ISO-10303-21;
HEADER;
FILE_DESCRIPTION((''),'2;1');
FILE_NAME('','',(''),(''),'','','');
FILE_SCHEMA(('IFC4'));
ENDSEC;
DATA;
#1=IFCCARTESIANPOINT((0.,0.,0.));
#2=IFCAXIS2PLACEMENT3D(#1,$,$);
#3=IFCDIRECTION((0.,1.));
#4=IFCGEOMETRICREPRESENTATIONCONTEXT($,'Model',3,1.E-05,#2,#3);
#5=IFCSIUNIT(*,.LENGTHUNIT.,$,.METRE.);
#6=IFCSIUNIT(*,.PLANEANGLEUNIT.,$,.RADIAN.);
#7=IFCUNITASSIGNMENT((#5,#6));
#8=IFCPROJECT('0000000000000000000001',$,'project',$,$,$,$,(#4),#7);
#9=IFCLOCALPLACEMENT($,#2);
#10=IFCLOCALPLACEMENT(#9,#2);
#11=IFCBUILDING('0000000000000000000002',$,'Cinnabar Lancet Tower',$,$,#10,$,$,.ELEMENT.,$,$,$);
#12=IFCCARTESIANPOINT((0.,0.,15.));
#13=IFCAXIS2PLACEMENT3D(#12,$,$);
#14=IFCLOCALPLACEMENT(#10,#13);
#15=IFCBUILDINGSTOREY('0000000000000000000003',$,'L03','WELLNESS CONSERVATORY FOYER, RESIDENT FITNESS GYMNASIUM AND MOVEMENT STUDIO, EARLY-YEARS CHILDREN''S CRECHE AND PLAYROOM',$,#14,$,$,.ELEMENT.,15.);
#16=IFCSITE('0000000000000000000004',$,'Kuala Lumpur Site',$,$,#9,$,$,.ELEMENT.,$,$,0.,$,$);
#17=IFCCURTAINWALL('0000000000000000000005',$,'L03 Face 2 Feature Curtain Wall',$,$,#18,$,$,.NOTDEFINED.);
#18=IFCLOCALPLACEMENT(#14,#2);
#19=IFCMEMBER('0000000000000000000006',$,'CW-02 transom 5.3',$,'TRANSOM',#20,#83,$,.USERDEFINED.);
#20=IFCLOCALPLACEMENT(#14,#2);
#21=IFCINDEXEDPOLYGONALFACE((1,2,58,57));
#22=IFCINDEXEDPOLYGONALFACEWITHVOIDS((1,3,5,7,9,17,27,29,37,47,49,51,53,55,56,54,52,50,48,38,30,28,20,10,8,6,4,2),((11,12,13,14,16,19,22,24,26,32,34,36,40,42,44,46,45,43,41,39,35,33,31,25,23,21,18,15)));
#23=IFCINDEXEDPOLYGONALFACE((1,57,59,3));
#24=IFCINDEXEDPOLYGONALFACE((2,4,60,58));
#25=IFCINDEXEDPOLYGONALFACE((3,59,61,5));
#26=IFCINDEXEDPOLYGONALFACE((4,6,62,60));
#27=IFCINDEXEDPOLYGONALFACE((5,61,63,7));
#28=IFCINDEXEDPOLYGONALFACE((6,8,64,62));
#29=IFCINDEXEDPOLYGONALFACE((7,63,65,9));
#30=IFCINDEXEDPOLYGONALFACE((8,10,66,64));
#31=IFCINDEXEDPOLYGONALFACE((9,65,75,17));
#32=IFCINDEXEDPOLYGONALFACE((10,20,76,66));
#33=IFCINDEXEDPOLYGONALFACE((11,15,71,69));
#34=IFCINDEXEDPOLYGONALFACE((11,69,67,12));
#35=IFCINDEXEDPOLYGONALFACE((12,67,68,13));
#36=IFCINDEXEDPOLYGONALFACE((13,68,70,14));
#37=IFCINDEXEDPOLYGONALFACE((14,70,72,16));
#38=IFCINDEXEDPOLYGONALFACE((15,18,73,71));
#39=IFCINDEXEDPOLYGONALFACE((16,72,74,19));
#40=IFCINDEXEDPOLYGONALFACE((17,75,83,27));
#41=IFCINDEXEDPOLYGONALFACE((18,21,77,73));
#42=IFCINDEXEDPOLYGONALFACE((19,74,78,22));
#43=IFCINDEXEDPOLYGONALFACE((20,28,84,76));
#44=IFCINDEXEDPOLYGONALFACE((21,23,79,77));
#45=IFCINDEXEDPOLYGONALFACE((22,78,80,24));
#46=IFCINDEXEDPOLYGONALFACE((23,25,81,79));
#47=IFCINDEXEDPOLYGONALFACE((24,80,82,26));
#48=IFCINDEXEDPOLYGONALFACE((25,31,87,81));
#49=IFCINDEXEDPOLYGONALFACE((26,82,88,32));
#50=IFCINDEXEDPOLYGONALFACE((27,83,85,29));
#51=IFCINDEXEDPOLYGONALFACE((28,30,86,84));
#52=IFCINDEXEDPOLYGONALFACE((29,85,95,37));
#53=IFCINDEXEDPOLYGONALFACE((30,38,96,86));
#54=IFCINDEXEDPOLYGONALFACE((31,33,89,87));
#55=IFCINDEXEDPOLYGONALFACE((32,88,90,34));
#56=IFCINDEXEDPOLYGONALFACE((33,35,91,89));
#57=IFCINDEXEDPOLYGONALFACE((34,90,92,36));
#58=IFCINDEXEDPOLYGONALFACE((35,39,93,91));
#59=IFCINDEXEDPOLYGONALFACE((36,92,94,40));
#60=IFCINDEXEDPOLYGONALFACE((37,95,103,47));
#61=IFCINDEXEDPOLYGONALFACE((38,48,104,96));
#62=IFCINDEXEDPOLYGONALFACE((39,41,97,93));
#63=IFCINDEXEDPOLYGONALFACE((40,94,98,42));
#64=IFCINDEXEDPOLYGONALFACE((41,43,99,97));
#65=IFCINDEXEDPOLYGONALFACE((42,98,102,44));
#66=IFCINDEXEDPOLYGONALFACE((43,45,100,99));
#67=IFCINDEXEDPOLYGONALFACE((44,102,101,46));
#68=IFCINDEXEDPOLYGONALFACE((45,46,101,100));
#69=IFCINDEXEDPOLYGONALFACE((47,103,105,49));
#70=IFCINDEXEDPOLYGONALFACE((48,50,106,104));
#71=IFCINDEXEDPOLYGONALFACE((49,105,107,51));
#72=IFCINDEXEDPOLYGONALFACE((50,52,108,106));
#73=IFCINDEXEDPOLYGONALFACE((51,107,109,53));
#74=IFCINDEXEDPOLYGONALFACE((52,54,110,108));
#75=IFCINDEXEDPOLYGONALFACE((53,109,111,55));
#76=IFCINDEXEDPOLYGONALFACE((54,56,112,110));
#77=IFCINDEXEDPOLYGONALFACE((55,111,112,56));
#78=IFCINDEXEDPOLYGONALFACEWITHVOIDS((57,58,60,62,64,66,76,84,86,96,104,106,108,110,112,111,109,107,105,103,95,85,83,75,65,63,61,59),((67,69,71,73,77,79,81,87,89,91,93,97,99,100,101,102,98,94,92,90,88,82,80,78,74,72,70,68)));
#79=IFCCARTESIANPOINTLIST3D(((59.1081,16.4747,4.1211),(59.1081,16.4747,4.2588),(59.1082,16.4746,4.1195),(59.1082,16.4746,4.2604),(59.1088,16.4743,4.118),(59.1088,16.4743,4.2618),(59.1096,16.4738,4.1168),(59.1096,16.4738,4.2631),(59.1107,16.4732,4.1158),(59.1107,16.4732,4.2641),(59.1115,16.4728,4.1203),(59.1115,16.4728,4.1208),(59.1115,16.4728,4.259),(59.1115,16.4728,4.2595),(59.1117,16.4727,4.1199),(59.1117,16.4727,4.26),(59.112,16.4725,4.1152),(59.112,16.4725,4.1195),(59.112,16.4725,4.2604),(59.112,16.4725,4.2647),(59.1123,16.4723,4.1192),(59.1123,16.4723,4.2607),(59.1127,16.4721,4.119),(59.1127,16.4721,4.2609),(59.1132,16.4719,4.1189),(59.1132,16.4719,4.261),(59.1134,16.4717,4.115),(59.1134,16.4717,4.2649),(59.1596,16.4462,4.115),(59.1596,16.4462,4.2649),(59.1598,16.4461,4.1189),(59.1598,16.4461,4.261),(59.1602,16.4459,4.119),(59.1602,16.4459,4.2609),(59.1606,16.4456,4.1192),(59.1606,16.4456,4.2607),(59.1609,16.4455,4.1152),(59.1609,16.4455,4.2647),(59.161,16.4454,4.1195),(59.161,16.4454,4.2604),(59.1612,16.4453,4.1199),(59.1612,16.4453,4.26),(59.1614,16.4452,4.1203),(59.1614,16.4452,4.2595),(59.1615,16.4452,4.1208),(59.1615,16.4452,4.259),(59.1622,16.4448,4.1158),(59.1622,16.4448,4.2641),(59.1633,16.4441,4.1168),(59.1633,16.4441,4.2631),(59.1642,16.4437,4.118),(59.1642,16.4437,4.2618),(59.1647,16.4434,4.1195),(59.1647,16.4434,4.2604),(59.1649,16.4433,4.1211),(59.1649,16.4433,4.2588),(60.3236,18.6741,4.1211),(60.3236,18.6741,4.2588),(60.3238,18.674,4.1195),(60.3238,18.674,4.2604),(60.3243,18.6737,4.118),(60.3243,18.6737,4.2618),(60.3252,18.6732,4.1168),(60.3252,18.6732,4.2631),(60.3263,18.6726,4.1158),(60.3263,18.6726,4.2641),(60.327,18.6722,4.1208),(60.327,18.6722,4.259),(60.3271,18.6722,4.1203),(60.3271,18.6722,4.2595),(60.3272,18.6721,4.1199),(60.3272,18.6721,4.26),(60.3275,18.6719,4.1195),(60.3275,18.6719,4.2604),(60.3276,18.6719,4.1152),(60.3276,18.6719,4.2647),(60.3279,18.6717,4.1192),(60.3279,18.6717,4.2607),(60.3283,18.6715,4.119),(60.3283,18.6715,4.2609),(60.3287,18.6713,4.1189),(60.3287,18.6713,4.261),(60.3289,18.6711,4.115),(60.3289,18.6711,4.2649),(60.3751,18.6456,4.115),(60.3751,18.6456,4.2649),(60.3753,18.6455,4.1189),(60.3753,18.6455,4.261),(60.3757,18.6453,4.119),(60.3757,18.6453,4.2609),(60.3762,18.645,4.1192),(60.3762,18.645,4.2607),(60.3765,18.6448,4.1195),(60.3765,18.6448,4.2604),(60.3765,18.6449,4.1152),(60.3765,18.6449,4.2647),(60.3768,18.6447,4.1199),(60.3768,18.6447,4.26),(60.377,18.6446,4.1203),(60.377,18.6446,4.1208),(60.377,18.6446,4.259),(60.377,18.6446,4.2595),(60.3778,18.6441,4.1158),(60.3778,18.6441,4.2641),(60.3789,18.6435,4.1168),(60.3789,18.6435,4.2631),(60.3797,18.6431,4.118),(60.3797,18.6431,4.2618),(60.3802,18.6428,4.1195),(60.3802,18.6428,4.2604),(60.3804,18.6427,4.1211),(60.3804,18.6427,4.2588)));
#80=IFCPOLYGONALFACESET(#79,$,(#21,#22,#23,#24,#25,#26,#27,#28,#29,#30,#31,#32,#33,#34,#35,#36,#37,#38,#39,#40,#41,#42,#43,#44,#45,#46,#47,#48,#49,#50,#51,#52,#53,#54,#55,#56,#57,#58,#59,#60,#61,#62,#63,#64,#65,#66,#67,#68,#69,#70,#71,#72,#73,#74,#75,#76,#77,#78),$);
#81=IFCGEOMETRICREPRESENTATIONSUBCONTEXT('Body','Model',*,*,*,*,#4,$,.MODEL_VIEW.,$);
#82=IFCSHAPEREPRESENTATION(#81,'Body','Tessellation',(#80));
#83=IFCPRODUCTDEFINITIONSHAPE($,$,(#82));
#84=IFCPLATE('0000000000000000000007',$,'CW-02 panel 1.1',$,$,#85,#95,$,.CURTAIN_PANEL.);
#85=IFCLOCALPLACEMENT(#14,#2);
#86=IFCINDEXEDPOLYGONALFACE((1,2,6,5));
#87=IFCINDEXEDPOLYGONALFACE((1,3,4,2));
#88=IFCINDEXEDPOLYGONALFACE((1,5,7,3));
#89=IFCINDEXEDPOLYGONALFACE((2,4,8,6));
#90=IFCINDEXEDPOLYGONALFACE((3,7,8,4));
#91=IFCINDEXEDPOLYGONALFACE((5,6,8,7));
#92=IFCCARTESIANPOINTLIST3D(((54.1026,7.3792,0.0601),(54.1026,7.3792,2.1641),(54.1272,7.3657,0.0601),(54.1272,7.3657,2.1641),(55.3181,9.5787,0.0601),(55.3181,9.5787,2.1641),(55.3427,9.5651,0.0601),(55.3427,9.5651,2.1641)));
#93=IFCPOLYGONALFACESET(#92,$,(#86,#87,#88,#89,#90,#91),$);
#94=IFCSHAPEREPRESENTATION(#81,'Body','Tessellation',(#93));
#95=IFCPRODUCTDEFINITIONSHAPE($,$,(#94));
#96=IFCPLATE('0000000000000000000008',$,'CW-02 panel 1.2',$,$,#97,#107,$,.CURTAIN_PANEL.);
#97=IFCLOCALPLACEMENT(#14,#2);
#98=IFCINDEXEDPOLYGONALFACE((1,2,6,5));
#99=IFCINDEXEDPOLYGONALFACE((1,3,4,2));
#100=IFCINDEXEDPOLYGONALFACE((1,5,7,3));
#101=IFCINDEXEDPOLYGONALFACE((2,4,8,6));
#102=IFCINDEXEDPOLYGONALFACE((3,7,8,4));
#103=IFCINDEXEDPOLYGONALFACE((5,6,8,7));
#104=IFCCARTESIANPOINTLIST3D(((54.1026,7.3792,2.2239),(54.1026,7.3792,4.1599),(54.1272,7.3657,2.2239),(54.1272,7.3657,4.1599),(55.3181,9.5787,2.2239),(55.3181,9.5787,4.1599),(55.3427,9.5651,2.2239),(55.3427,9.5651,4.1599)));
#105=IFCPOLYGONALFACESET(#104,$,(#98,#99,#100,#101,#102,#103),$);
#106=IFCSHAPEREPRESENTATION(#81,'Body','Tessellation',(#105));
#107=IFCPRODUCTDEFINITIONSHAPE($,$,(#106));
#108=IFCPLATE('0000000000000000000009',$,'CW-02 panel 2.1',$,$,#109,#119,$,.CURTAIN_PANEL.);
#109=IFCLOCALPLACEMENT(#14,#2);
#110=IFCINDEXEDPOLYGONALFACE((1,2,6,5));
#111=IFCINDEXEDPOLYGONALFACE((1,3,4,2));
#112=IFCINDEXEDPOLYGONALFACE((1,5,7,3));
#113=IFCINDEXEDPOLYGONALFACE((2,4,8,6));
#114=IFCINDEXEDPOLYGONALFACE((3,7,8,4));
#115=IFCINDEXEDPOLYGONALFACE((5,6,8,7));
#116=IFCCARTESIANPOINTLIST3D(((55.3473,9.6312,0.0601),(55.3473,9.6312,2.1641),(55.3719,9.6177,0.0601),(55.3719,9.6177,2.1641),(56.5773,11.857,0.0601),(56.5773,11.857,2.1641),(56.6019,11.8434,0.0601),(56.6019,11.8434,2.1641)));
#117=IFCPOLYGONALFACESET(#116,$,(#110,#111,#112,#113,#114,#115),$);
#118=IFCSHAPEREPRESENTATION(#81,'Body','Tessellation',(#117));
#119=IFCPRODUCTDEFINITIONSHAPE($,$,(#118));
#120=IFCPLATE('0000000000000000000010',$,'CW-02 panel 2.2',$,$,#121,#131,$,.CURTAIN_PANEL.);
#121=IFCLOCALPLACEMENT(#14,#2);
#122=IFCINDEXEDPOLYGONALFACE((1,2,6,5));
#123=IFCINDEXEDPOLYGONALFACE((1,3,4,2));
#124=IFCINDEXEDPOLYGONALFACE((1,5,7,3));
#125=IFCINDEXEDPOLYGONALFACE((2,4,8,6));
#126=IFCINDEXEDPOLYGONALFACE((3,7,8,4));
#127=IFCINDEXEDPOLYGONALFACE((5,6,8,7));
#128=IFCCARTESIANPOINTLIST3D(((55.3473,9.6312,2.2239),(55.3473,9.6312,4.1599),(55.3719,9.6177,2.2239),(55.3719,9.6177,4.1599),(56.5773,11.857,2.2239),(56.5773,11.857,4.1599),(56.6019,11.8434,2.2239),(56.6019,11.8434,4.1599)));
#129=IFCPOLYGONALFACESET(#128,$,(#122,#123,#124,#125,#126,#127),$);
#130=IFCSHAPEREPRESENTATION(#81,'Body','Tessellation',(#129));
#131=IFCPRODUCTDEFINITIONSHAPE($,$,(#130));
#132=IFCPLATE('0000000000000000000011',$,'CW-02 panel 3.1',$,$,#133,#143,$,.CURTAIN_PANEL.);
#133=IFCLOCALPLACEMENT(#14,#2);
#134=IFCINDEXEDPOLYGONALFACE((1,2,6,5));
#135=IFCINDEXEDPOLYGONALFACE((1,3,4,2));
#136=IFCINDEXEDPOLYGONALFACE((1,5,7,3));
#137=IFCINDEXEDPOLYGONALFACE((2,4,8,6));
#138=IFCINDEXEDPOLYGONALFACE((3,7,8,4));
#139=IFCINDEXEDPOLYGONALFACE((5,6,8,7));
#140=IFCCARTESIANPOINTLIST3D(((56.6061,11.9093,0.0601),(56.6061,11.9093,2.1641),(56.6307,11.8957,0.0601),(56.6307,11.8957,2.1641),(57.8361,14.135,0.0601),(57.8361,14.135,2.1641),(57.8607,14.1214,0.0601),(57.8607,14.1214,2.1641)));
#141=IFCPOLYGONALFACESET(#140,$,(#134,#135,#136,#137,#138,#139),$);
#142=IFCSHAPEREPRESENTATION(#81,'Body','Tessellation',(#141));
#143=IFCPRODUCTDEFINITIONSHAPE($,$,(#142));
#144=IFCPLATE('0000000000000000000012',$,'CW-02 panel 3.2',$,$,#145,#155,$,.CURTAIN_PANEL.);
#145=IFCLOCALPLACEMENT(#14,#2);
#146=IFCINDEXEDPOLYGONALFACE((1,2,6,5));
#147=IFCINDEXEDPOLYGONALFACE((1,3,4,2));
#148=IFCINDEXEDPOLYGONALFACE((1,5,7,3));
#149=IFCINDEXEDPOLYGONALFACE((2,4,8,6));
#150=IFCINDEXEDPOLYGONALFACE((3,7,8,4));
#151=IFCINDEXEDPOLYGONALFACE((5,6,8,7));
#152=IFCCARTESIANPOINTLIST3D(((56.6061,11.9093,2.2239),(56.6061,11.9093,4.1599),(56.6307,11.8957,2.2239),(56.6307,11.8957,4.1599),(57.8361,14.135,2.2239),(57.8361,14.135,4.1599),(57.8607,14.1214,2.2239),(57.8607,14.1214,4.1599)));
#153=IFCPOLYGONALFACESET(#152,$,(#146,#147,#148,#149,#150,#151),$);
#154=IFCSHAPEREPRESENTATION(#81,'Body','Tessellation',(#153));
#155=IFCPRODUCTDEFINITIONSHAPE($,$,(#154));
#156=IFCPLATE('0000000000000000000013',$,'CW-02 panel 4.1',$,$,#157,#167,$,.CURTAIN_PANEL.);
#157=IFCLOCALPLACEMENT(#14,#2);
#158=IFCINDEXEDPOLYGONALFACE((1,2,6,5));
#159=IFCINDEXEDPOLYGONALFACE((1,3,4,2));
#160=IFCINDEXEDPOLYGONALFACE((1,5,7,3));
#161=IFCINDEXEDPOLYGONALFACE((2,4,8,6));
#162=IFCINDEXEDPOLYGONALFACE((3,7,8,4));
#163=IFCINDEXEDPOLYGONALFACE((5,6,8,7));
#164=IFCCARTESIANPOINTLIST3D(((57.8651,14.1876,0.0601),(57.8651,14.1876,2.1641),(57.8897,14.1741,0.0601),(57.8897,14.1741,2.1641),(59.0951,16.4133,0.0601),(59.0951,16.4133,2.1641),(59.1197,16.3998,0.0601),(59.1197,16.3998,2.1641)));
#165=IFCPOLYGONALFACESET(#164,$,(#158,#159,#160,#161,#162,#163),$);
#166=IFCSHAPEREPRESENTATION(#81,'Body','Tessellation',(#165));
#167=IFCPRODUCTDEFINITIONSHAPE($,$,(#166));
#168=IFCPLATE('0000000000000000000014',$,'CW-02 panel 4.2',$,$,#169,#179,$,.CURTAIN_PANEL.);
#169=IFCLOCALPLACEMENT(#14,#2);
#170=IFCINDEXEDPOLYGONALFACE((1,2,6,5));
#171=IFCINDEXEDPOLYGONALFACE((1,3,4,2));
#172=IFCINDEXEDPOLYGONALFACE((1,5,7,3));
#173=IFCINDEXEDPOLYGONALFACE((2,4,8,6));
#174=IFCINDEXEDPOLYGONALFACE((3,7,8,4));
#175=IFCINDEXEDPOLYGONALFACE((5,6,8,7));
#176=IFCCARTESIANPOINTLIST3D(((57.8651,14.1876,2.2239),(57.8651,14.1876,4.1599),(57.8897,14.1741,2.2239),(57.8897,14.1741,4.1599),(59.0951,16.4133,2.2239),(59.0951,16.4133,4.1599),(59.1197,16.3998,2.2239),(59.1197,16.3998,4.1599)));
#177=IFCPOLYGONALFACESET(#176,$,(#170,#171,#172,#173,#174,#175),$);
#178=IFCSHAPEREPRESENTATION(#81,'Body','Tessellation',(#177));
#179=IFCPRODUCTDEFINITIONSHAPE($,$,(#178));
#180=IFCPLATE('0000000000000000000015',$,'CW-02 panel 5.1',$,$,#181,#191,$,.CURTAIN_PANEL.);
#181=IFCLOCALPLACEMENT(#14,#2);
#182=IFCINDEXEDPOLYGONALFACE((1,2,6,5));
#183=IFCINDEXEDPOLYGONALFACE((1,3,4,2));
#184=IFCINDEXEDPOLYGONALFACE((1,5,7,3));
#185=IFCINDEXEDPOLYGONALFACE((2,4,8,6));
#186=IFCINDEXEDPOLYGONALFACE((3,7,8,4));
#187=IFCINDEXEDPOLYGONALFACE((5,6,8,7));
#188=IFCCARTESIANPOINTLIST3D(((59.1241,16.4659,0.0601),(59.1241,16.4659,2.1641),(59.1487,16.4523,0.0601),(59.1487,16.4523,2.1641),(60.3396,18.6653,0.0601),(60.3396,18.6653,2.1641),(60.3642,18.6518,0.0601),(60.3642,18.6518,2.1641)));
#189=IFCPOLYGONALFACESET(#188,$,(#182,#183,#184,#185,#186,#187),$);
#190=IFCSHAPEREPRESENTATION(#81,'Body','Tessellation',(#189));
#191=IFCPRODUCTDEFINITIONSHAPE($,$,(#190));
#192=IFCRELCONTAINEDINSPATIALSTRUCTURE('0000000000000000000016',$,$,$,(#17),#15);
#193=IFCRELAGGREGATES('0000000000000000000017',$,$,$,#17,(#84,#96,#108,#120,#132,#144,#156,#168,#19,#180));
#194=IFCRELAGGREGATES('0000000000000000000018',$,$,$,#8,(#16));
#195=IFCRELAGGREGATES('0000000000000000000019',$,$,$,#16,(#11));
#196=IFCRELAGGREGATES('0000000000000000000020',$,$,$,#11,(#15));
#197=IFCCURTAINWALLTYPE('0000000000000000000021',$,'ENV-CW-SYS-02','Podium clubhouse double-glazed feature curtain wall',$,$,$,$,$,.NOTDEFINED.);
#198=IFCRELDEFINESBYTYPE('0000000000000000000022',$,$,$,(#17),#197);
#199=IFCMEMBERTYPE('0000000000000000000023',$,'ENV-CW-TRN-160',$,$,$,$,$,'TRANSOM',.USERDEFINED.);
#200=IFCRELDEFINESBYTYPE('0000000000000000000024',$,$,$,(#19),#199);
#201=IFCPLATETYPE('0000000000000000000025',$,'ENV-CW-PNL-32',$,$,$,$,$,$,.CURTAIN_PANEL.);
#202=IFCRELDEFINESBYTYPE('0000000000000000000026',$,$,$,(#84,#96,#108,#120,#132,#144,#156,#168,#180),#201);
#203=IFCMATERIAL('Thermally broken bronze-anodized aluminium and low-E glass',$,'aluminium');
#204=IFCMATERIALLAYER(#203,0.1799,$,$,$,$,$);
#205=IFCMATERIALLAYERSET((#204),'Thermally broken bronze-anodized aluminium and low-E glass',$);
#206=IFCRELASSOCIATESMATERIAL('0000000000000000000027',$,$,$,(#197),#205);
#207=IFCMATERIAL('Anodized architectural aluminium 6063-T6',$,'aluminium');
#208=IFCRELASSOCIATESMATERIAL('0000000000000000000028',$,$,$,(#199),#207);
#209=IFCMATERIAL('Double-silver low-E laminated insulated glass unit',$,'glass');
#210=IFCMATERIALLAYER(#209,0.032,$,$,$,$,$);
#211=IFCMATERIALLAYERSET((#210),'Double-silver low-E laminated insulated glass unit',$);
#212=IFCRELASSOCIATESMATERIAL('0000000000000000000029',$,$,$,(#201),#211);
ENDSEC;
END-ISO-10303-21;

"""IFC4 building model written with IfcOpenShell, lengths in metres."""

from ifc_helpers import new_model, si_unit, direction, frame, origin, origin_2d, place, context, subcontext, project, spatial, rectangle, hollow_rectangle, extrude, material, layer, layer_set, material_profile, profile_set, type_object, element, aggregate, save


model = new_model("IFC4")

# Units and contexts
model_context = context("Model", 3, precision=1e-05, world=origin(), true_north=direction((0.0, 1.0)))
body_context = subcontext(model_context, "Body", "Model", "MODEL_VIEW")
ifc_project = project(units=[si_unit("LENGTHUNIT", "METRE"), si_unit("PLANEANGLEUNIT", "RADIAN")], contexts=[model_context])

# Site, building, storey
site_placement = place(None, origin())
site = spatial("IfcSite", under=ifc_project, at=site_placement, Name="Kuala Lumpur Site", CompositionType="ELEMENT", RefElevation=0.0)
building_placement = place(site_placement, origin())
building = spatial("IfcBuilding", under=site, at=building_placement, Name="Cinnabar Lancet Tower", CompositionType="ELEMENT")
storey_placement = place(building_placement, frame((0.0, 0.0, 15.0)))
storey = spatial("IfcBuildingStorey", under=building, at=storey_placement, Name="L03", Description="WELLNESS CONSERVATORY FOYER, RESIDENT FITNESS GYMNASIUM AND MOVEMENT STUDIO, EARLY-YEARS CHILDREN'S CRECHE AND PLAYROOM", CompositionType="ELEMENT", Elevation=15.0)

# Curtain wall, member, plates
ifc_material_1 = material(Name="Thermally broken bronze-anodized aluminium and low-E glass", Category="aluminium")
ifc_layer_1 = layer(ifc_material_1, 0.1799)
ifc_layer_set_1 = layer_set([ifc_layer_1], Name="Thermally broken bronze-anodized aluminium and low-E glass")
curtain_wall_type = type_object("IfcCurtainWallType", Name="ENV-CW-SYS-02", Description="Podium clubhouse double-glazed feature curtain wall", PredefinedType="NOTDEFINED", material=ifc_layer_set_1)
curtain_wall_placement = place(storey_placement, origin())
curtain_wall = element("IfcCurtainWall", 1, at=curtain_wall_placement, inside=storey, type_object=curtain_wall_type, Name="L03 Face 2 Feature Curtain Wall", PredefinedType="NOTDEFINED")
ifc_material_2 = material(Name="Anodized architectural aluminium 6063-T6", Category="aluminium")
ifc_material_profile_1 = material_profile(ifc_material_2, hollow_rectangle(XDim=0.0649, YDim=0.1499, WallThickness=0.0039, InnerFilletRadius=0.002, OuterFilletRadius=0.0061, at=origin_2d()), Name="CW-TRN 150x65x4")
ifc_profile_set_1 = profile_set([ifc_material_profile_1], Name="Anodized architectural aluminium 6063-T6")
member_type_1 = type_object("IfcMemberType", Name="ENV-CW-TRN-160", ElementType="TRANSOM", PredefinedType="USERDEFINED", material=ifc_profile_set_1)
member_1_placement = place(storey_placement, frame((59.1365, 16.459, 4.1899), z_axis=(0.483712, 0.875227, 0.0), x_axis=(-0.875227, 0.483712, 0.0)))
member_1 = element("IfcMember", 2, at=member_1_placement, type_object=member_type_1, Name="CW-02 transom 5.3", ObjectType="TRANSOM", PredefinedType="USERDEFINED", context=body_context, shape_type="SweptSolid", body=[
    extrude(hollow_rectangle(XDim=0.0649, YDim=0.1499, WallThickness=0.0039, InnerFilletRadius=0.002, OuterFilletRadius=0.0061, at=origin_2d()), origin(), (0.0, 0.0, 1.0), 2.5129),
])
ifc_material_3 = material(Name="Double-silver low-E laminated insulated glass unit", Category="glass")
ifc_layer_2 = layer(ifc_material_3, 0.032)
ifc_layer_set_2 = layer_set([ifc_layer_2], Name="Double-silver low-E laminated insulated glass unit")
plate_type = type_object("IfcPlateType", Name="ENV-CW-PNL-32", PredefinedType="CURTAIN_PANEL", material=ifc_layer_set_2)
plate_1_placement = place(storey_placement, frame((54.7227, 8.4722, 0.0601), z_axis=(0.0, 0.0, 1.0), x_axis=(0.483685, 0.875242, 0.0)))
plate_1 = element("IfcPlate", 3, at=plate_1_placement, type_object=plate_type, Name="CW-02 panel 1.1", PredefinedType="CURTAIN_PANEL", context=body_context, shape_type="SweptSolid", body=[
    extrude(rectangle(XDim=2.5129, YDim=0.0281, at=origin_2d()), origin(), (0.0, 0.0, 1.0), 2.104),
])
plate_2_placement = place(storey_placement, frame((54.7227, 8.4722, 2.2239), z_axis=(0.0, 0.0, 1.0), x_axis=(0.483685, 0.875242, 0.0)))
plate_2 = element("IfcPlate", 4, at=plate_2_placement, type_object=plate_type, Name="CW-02 panel 1.2", PredefinedType="CURTAIN_PANEL", context=body_context, shape_type="SweptSolid", body=[
    extrude(rectangle(XDim=2.5129, YDim=0.0281, at=origin_2d()), origin(), (0.0, 0.0, 1.0), 1.936),
])
plate_3_placement = place(storey_placement, frame((55.9746, 10.7373, 0.0601), z_axis=(0.0, 0.0, 1.0), x_axis=(0.483685, 0.875242, 0.0)))
plate_3 = element("IfcPlate", 5, at=plate_3_placement, type_object=plate_type, Name="CW-02 panel 2.1", PredefinedType="CURTAIN_PANEL", context=body_context, shape_type="SweptSolid", body=[
    extrude(rectangle(XDim=2.543, YDim=0.0281, at=origin_2d()), origin(), (0.0, 0.0, 1.0), 2.104),
])
plate_4_placement = place(storey_placement, frame((55.9746, 10.7373, 2.2239), z_axis=(0.0, 0.0, 1.0), x_axis=(0.483685, 0.875242, 0.0)))
plate_4 = element("IfcPlate", 6, at=plate_4_placement, type_object=plate_type, Name="CW-02 panel 2.2", PredefinedType="CURTAIN_PANEL", context=body_context, shape_type="SweptSolid", body=[
    extrude(rectangle(XDim=2.543, YDim=0.0281, at=origin_2d()), origin(), (0.0, 0.0, 1.0), 1.936),
])
plate_5_placement = place(storey_placement, frame((57.2334, 13.0154, 0.0601), z_axis=(0.0, 0.0, 1.0), x_axis=(0.483685, 0.875242, 0.0)))
plate_5 = element("IfcPlate", 7, at=plate_5_placement, type_object=plate_type, Name="CW-02 panel 3.1", PredefinedType="CURTAIN_PANEL", context=body_context, shape_type="SweptSolid", body=[
    extrude(rectangle(XDim=2.543, YDim=0.0281, at=origin_2d()), origin(), (0.0, 0.0, 1.0), 2.104),
])
plate_6_placement = place(storey_placement, frame((57.2334, 13.0154, 2.2239), z_axis=(0.0, 0.0, 1.0), x_axis=(0.483685, 0.875242, 0.0)))
plate_6 = element("IfcPlate", 8, at=plate_6_placement, type_object=plate_type, Name="CW-02 panel 3.2", PredefinedType="CURTAIN_PANEL", context=body_context, shape_type="SweptSolid", body=[
    extrude(rectangle(XDim=2.543, YDim=0.0281, at=origin_2d()), origin(), (0.0, 0.0, 1.0), 1.936),
])
plate_7_placement = place(storey_placement, frame((58.4924, 15.2937, 0.0601), z_axis=(0.0, 0.0, 1.0), x_axis=(0.483685, 0.875242, 0.0)))
plate_7 = element("IfcPlate", 9, at=plate_7_placement, type_object=plate_type, Name="CW-02 panel 4.1", PredefinedType="CURTAIN_PANEL", context=body_context, shape_type="SweptSolid", body=[
    extrude(rectangle(XDim=2.543, YDim=0.0281, at=origin_2d()), origin(), (0.0, 0.0, 1.0), 2.104),
])
plate_8_placement = place(storey_placement, frame((58.4924, 15.2937, 2.2239), z_axis=(0.0, 0.0, 1.0), x_axis=(0.483685, 0.875242, 0.0)))
plate_8 = element("IfcPlate", 10, at=plate_8_placement, type_object=plate_type, Name="CW-02 panel 4.2", PredefinedType="CURTAIN_PANEL", context=body_context, shape_type="SweptSolid", body=[
    extrude(rectangle(XDim=2.543, YDim=0.0281, at=origin_2d()), origin(), (0.0, 0.0, 1.0), 1.936),
])
plate_9_placement = place(storey_placement, frame((59.7441, 17.5588, 0.0601), z_axis=(0.0, 0.0, 1.0), x_axis=(0.483685, 0.875242, 0.0)))
plate_9 = element("IfcPlate", 11, at=plate_9_placement, type_object=plate_type, Name="CW-02 panel 5.1", PredefinedType="CURTAIN_PANEL", context=body_context, shape_type="SweptSolid", body=[
    extrude(rectangle(XDim=2.5129, YDim=0.0281, at=origin_2d()), origin(), (0.0, 0.0, 1.0), 2.104),
])
aggregate(curtain_wall, [plate_1, plate_2, plate_3, plate_4, plate_5, plate_6, plate_7, plate_8, member_1, plate_9])

save(model, "model.ifc")
